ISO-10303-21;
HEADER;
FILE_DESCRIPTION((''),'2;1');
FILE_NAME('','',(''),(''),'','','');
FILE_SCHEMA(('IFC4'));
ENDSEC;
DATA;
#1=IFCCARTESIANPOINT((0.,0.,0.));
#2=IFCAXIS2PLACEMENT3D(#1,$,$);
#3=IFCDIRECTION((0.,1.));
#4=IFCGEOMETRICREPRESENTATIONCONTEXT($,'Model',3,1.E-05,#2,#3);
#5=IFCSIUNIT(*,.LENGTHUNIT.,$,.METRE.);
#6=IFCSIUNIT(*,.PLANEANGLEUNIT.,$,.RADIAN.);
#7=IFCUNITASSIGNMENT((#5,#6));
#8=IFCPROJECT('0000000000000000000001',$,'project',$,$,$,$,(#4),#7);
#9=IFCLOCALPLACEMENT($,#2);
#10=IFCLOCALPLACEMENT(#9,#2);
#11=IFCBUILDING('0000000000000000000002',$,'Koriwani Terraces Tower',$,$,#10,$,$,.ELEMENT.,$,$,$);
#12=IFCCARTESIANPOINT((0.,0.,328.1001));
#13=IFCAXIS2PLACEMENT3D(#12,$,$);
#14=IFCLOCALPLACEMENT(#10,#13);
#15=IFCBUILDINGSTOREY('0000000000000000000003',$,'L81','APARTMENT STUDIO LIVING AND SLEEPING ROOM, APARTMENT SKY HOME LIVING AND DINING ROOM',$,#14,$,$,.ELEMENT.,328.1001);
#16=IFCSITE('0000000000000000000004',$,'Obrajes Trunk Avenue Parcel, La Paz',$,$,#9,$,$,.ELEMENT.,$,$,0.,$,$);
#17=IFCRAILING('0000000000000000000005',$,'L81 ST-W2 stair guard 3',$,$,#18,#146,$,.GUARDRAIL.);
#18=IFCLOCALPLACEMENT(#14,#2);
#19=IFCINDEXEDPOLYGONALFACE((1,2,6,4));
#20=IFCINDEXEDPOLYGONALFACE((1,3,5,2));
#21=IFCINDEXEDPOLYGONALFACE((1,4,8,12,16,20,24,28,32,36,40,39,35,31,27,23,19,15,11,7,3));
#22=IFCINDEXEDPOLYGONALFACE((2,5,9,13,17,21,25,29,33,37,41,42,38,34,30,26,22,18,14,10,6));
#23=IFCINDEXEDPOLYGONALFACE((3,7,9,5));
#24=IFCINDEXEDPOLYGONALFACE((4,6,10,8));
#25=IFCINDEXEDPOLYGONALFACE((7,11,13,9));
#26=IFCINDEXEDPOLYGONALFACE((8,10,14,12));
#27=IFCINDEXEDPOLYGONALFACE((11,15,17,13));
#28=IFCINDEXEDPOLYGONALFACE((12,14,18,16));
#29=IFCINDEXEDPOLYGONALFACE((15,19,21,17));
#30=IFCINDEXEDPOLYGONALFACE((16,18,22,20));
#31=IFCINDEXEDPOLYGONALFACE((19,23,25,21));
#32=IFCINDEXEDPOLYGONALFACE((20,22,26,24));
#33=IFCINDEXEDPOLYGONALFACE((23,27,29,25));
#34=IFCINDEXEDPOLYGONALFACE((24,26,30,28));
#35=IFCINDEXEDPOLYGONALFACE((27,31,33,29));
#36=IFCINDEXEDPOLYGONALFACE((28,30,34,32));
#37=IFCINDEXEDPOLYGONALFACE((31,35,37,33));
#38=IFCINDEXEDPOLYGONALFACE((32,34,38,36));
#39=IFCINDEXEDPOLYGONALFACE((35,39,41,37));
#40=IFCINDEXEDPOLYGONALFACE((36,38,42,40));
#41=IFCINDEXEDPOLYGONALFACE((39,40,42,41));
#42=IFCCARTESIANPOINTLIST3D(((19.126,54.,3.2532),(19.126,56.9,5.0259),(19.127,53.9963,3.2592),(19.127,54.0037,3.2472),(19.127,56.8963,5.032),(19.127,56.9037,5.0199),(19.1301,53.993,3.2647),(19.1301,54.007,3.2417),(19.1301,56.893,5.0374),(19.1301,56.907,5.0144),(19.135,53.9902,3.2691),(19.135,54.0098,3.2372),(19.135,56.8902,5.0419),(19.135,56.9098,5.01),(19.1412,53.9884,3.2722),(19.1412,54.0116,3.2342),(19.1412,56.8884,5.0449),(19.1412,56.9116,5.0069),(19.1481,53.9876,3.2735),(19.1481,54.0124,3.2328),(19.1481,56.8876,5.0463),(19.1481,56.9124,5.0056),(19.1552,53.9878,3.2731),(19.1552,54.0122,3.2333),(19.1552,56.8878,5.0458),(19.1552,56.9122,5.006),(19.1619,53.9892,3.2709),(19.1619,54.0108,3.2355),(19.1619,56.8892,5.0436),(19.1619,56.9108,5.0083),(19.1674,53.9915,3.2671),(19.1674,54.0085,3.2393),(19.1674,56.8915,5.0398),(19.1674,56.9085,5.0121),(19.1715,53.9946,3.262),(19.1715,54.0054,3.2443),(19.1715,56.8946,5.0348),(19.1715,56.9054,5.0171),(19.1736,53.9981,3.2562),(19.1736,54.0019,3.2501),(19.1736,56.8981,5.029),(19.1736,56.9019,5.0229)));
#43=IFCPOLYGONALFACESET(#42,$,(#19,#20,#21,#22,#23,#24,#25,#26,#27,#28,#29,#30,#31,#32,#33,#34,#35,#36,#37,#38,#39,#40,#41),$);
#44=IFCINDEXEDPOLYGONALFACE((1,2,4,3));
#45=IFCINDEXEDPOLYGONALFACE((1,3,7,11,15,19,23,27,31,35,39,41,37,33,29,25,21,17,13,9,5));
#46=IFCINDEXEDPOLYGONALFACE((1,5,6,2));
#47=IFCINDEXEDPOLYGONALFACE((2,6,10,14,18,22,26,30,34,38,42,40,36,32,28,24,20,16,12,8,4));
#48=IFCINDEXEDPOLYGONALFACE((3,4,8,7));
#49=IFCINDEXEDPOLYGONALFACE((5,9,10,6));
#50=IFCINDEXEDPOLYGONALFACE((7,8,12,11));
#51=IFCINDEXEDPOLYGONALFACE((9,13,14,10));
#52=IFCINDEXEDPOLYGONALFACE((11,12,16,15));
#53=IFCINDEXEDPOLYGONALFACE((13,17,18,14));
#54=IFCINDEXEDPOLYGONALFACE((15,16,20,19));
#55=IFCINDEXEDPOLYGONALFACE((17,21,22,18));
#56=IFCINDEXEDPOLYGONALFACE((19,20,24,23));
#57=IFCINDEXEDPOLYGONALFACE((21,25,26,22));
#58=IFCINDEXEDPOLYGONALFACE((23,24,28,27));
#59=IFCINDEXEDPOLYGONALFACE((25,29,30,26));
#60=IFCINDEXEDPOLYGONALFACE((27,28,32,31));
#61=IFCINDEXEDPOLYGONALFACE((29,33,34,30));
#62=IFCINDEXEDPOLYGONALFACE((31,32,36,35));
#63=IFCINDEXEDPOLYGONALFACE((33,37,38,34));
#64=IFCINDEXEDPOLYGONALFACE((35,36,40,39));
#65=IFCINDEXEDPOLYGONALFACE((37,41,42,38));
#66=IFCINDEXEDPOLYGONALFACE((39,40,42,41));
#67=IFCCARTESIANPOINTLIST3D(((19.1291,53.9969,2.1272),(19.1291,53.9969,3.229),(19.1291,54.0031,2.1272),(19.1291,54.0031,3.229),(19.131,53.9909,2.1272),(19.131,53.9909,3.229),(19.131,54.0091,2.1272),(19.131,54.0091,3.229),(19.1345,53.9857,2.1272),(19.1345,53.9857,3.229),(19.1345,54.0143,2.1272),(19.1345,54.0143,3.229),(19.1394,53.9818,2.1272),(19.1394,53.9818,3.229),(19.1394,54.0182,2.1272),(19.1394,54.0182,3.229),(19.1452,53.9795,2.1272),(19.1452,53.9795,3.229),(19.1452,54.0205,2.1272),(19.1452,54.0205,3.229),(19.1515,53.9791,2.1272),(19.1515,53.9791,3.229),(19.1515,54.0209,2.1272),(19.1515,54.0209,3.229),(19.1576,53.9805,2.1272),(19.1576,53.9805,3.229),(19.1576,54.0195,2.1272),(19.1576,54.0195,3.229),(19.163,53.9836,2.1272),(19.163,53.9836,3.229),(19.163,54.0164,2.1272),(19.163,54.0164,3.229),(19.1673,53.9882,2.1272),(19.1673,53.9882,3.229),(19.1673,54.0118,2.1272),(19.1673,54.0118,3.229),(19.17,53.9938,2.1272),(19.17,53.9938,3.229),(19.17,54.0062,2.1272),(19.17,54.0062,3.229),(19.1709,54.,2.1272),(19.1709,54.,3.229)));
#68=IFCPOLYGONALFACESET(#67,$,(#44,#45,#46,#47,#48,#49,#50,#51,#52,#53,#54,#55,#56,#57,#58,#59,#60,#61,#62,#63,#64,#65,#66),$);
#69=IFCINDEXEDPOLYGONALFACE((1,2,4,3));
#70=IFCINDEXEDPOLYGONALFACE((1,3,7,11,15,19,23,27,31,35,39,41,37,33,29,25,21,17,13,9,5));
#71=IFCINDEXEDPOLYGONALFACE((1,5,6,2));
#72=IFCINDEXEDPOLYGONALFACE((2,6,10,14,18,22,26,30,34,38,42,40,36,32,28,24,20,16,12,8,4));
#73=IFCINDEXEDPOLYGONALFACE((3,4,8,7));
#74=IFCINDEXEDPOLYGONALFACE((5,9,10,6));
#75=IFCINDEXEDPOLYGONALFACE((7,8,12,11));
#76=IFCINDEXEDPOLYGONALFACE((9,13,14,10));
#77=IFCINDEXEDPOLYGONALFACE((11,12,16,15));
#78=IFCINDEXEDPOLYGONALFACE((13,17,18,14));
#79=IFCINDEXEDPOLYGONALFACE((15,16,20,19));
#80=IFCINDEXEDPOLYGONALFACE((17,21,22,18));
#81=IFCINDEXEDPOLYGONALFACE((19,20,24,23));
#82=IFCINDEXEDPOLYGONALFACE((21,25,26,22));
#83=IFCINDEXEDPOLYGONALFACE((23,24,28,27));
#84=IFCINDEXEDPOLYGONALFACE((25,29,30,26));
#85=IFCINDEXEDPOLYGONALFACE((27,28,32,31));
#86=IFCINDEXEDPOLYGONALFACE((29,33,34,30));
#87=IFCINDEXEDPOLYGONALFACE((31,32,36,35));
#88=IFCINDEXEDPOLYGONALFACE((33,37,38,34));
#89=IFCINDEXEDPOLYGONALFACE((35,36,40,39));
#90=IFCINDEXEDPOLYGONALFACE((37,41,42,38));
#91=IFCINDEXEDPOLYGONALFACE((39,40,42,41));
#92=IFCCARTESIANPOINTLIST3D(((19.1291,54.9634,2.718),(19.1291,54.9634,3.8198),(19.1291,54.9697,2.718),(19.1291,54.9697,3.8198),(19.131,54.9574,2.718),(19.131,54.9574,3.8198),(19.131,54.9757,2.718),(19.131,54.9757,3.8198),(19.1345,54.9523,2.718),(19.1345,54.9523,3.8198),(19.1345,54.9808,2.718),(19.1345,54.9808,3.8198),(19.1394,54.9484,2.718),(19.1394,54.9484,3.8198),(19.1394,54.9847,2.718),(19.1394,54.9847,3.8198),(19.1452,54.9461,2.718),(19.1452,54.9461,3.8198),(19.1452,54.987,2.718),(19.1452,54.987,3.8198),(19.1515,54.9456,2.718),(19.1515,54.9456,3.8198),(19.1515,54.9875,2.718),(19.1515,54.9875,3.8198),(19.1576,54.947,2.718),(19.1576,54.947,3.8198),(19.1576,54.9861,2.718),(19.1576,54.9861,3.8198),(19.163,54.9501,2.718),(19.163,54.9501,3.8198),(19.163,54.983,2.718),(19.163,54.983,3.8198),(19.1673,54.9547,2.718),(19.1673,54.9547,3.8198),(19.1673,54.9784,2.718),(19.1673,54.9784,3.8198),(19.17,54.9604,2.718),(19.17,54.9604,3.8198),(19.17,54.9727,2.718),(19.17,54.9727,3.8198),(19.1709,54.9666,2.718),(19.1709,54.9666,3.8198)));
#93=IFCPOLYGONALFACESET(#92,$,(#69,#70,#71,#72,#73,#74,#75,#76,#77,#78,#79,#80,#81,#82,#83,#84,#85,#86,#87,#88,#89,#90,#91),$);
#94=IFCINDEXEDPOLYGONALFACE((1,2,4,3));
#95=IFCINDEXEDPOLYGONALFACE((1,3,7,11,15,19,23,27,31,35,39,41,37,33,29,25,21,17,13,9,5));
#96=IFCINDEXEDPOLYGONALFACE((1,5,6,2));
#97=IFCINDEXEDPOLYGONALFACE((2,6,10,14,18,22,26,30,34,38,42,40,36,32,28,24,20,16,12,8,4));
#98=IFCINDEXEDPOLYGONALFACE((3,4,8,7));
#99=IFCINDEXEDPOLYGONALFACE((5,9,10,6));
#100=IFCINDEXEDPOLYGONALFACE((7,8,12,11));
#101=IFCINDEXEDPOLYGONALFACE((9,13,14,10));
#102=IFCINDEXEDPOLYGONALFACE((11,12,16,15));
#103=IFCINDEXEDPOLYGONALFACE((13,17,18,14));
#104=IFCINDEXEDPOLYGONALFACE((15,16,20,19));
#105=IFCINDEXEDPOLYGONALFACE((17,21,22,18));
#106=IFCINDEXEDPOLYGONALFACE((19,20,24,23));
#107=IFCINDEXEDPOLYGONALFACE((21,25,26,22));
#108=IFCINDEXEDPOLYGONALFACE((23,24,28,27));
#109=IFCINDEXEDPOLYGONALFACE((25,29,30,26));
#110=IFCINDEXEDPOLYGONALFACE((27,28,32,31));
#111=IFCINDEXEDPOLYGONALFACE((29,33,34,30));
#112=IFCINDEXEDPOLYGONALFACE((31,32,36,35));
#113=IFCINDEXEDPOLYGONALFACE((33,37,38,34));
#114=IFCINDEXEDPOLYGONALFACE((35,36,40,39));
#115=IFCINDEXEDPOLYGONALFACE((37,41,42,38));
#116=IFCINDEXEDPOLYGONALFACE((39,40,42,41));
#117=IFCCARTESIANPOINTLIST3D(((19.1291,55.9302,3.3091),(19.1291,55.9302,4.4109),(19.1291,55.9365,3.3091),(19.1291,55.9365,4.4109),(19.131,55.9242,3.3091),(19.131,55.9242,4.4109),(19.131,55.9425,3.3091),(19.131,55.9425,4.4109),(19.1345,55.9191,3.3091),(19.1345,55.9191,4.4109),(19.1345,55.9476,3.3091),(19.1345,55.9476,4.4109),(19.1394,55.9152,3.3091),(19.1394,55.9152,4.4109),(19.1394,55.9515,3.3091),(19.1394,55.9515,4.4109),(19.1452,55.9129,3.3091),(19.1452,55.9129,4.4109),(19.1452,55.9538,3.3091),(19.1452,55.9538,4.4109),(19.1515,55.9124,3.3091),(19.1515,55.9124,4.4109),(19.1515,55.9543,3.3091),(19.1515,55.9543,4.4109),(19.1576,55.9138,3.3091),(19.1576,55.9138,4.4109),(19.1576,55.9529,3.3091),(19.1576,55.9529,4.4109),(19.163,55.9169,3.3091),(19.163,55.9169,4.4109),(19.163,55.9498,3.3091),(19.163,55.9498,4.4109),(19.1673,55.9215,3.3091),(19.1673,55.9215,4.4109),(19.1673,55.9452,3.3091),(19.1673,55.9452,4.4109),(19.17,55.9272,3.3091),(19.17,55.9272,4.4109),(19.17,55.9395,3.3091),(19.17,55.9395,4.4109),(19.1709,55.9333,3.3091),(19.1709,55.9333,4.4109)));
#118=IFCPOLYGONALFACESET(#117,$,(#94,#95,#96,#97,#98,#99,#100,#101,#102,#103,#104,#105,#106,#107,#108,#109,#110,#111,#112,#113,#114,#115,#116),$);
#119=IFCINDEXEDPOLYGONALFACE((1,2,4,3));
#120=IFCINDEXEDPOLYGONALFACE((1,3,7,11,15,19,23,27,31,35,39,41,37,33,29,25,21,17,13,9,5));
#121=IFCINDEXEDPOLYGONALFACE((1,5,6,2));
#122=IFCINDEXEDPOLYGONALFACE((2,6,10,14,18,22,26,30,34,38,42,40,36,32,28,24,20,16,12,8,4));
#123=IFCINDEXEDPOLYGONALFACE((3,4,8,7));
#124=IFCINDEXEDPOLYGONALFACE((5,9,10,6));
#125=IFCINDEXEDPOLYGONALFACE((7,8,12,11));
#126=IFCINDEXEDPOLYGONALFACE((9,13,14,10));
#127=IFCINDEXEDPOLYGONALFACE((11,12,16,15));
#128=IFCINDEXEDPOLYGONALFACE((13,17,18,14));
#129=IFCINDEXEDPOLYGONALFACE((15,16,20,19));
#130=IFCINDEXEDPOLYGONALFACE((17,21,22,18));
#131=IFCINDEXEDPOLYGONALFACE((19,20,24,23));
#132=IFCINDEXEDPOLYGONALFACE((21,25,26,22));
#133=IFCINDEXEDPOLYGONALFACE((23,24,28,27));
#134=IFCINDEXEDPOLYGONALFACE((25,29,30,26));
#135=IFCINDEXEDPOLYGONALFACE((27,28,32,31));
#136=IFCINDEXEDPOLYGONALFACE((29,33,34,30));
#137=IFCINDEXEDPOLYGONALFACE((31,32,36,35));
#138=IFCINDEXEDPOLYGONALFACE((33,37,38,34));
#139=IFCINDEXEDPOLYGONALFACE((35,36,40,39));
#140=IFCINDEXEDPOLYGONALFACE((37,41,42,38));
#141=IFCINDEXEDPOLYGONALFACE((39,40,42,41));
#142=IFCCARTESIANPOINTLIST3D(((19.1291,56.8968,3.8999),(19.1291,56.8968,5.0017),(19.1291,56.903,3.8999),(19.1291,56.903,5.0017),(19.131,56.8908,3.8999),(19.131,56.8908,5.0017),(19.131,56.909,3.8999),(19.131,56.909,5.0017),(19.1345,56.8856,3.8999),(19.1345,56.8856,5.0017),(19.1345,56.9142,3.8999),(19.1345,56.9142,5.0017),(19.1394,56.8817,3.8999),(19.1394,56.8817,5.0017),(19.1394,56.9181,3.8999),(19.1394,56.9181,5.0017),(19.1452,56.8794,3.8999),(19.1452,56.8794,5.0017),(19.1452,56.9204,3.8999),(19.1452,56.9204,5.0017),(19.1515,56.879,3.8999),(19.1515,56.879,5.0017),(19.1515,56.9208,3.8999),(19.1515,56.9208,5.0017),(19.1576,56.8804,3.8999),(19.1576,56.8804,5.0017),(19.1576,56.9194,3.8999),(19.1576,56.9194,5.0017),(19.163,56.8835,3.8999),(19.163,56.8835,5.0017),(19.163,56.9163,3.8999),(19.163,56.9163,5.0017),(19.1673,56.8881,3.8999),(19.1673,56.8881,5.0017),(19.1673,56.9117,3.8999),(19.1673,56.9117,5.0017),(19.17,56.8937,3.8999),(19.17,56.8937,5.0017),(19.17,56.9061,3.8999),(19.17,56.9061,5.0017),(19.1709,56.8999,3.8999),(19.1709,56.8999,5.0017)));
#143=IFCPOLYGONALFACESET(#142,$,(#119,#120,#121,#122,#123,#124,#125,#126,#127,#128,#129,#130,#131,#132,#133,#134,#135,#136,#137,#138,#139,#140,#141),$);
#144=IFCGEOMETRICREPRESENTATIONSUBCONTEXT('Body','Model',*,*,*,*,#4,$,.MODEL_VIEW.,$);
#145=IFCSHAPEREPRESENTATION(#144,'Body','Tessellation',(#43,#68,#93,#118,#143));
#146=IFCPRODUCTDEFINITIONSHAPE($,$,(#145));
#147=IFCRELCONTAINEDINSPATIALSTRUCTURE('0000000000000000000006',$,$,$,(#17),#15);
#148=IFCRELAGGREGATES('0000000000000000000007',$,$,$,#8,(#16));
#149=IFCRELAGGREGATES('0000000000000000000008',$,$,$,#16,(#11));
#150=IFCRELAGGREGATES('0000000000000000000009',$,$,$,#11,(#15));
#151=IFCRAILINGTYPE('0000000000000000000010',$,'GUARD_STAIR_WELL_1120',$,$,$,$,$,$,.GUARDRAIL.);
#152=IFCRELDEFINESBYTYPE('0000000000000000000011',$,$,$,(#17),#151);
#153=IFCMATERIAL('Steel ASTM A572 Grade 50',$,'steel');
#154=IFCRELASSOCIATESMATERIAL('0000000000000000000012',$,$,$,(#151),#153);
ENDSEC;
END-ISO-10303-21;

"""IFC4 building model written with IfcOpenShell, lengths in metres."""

from ifc_helpers import new_model, si_unit, direction, frame, origin, origin_2d, place, context, subcontext, project, spatial, circle, extrude, material, type_object, element, save


model = new_model("IFC4")

# Units and contexts
model_context = context("Model", 3, precision=1e-05, world=origin(), true_north=direction((0.0, 1.0)))
body_context = subcontext(model_context, "Body", "Model", "MODEL_VIEW")
ifc_project = project(units=[si_unit("LENGTHUNIT", "METRE"), si_unit("PLANEANGLEUNIT", "RADIAN")], contexts=[model_context])

# Site, building, storey
site_placement = place(None, origin())
site = spatial("IfcSite", under=ifc_project, at=site_placement, Name="Obrajes Trunk Avenue Parcel, La Paz", CompositionType="ELEMENT", RefElevation=0.0)
building_placement = place(site_placement, origin())
building = spatial("IfcBuilding", under=site, at=building_placement, Name="Koriwani Terraces Tower", CompositionType="ELEMENT")
storey_placement = place(building_placement, frame((0.0, 0.0, 328.1001)))
storey = spatial("IfcBuildingStorey", under=building, at=storey_placement, Name="L81", Description="APARTMENT STUDIO LIVING AND SLEEPING ROOM, APARTMENT SKY HOME LIVING AND DINING ROOM", CompositionType="ELEMENT", Elevation=328.1001)

# Shared definitions
ifc_material_1 = material(Name="Steel ASTM A572 Grade 50", Category="steel")

# Railing
railing_type_1 = type_object("IfcRailingType", Name="GUARD_STAIR_WELL_1120", PredefinedType="GUARDRAIL", material=ifc_material_1)
railing_1_placement = place(storey_placement, frame((19.1499, 54.0, 2.1272)))
element("IfcRailing", 1, at=railing_1_placement, inside=storey, type_object=railing_type_1, Name="L81 ST-W2 stair guard 3", PredefinedType="GUARDRAIL", context=body_context, shape_type="SweptSolid", body=[
    extrude(circle(Radius=0.0239, at=origin_2d()), frame((0.0, 0.0, 1.126), z_axis=(0.0, 0.853211, 0.521566), x_axis=(-1.0, 0.0, 0.0)), (0.0, 0.0, 1.0), 3.3989),
    extrude(circle(Radius=0.021, at=origin_2d()), origin(), (0.0, 0.0, 1.0), 1.1018),
    extrude(circle(Radius=0.021, at=origin_2d()), frame((0.0, 0.9666, 0.5908)), (0.0, 0.0, 1.0), 1.1018),
    extrude(circle(Radius=0.021, at=origin_2d()), frame((0.0, 1.9333, 1.1819)), (0.0, 0.0, 1.0), 1.1018),
    extrude(circle(Radius=0.021, at=origin_2d()), frame((0.0, 2.8999, 1.7727)), (0.0, 0.0, 1.0), 1.1018),
])

save(model, "model.ifc")
